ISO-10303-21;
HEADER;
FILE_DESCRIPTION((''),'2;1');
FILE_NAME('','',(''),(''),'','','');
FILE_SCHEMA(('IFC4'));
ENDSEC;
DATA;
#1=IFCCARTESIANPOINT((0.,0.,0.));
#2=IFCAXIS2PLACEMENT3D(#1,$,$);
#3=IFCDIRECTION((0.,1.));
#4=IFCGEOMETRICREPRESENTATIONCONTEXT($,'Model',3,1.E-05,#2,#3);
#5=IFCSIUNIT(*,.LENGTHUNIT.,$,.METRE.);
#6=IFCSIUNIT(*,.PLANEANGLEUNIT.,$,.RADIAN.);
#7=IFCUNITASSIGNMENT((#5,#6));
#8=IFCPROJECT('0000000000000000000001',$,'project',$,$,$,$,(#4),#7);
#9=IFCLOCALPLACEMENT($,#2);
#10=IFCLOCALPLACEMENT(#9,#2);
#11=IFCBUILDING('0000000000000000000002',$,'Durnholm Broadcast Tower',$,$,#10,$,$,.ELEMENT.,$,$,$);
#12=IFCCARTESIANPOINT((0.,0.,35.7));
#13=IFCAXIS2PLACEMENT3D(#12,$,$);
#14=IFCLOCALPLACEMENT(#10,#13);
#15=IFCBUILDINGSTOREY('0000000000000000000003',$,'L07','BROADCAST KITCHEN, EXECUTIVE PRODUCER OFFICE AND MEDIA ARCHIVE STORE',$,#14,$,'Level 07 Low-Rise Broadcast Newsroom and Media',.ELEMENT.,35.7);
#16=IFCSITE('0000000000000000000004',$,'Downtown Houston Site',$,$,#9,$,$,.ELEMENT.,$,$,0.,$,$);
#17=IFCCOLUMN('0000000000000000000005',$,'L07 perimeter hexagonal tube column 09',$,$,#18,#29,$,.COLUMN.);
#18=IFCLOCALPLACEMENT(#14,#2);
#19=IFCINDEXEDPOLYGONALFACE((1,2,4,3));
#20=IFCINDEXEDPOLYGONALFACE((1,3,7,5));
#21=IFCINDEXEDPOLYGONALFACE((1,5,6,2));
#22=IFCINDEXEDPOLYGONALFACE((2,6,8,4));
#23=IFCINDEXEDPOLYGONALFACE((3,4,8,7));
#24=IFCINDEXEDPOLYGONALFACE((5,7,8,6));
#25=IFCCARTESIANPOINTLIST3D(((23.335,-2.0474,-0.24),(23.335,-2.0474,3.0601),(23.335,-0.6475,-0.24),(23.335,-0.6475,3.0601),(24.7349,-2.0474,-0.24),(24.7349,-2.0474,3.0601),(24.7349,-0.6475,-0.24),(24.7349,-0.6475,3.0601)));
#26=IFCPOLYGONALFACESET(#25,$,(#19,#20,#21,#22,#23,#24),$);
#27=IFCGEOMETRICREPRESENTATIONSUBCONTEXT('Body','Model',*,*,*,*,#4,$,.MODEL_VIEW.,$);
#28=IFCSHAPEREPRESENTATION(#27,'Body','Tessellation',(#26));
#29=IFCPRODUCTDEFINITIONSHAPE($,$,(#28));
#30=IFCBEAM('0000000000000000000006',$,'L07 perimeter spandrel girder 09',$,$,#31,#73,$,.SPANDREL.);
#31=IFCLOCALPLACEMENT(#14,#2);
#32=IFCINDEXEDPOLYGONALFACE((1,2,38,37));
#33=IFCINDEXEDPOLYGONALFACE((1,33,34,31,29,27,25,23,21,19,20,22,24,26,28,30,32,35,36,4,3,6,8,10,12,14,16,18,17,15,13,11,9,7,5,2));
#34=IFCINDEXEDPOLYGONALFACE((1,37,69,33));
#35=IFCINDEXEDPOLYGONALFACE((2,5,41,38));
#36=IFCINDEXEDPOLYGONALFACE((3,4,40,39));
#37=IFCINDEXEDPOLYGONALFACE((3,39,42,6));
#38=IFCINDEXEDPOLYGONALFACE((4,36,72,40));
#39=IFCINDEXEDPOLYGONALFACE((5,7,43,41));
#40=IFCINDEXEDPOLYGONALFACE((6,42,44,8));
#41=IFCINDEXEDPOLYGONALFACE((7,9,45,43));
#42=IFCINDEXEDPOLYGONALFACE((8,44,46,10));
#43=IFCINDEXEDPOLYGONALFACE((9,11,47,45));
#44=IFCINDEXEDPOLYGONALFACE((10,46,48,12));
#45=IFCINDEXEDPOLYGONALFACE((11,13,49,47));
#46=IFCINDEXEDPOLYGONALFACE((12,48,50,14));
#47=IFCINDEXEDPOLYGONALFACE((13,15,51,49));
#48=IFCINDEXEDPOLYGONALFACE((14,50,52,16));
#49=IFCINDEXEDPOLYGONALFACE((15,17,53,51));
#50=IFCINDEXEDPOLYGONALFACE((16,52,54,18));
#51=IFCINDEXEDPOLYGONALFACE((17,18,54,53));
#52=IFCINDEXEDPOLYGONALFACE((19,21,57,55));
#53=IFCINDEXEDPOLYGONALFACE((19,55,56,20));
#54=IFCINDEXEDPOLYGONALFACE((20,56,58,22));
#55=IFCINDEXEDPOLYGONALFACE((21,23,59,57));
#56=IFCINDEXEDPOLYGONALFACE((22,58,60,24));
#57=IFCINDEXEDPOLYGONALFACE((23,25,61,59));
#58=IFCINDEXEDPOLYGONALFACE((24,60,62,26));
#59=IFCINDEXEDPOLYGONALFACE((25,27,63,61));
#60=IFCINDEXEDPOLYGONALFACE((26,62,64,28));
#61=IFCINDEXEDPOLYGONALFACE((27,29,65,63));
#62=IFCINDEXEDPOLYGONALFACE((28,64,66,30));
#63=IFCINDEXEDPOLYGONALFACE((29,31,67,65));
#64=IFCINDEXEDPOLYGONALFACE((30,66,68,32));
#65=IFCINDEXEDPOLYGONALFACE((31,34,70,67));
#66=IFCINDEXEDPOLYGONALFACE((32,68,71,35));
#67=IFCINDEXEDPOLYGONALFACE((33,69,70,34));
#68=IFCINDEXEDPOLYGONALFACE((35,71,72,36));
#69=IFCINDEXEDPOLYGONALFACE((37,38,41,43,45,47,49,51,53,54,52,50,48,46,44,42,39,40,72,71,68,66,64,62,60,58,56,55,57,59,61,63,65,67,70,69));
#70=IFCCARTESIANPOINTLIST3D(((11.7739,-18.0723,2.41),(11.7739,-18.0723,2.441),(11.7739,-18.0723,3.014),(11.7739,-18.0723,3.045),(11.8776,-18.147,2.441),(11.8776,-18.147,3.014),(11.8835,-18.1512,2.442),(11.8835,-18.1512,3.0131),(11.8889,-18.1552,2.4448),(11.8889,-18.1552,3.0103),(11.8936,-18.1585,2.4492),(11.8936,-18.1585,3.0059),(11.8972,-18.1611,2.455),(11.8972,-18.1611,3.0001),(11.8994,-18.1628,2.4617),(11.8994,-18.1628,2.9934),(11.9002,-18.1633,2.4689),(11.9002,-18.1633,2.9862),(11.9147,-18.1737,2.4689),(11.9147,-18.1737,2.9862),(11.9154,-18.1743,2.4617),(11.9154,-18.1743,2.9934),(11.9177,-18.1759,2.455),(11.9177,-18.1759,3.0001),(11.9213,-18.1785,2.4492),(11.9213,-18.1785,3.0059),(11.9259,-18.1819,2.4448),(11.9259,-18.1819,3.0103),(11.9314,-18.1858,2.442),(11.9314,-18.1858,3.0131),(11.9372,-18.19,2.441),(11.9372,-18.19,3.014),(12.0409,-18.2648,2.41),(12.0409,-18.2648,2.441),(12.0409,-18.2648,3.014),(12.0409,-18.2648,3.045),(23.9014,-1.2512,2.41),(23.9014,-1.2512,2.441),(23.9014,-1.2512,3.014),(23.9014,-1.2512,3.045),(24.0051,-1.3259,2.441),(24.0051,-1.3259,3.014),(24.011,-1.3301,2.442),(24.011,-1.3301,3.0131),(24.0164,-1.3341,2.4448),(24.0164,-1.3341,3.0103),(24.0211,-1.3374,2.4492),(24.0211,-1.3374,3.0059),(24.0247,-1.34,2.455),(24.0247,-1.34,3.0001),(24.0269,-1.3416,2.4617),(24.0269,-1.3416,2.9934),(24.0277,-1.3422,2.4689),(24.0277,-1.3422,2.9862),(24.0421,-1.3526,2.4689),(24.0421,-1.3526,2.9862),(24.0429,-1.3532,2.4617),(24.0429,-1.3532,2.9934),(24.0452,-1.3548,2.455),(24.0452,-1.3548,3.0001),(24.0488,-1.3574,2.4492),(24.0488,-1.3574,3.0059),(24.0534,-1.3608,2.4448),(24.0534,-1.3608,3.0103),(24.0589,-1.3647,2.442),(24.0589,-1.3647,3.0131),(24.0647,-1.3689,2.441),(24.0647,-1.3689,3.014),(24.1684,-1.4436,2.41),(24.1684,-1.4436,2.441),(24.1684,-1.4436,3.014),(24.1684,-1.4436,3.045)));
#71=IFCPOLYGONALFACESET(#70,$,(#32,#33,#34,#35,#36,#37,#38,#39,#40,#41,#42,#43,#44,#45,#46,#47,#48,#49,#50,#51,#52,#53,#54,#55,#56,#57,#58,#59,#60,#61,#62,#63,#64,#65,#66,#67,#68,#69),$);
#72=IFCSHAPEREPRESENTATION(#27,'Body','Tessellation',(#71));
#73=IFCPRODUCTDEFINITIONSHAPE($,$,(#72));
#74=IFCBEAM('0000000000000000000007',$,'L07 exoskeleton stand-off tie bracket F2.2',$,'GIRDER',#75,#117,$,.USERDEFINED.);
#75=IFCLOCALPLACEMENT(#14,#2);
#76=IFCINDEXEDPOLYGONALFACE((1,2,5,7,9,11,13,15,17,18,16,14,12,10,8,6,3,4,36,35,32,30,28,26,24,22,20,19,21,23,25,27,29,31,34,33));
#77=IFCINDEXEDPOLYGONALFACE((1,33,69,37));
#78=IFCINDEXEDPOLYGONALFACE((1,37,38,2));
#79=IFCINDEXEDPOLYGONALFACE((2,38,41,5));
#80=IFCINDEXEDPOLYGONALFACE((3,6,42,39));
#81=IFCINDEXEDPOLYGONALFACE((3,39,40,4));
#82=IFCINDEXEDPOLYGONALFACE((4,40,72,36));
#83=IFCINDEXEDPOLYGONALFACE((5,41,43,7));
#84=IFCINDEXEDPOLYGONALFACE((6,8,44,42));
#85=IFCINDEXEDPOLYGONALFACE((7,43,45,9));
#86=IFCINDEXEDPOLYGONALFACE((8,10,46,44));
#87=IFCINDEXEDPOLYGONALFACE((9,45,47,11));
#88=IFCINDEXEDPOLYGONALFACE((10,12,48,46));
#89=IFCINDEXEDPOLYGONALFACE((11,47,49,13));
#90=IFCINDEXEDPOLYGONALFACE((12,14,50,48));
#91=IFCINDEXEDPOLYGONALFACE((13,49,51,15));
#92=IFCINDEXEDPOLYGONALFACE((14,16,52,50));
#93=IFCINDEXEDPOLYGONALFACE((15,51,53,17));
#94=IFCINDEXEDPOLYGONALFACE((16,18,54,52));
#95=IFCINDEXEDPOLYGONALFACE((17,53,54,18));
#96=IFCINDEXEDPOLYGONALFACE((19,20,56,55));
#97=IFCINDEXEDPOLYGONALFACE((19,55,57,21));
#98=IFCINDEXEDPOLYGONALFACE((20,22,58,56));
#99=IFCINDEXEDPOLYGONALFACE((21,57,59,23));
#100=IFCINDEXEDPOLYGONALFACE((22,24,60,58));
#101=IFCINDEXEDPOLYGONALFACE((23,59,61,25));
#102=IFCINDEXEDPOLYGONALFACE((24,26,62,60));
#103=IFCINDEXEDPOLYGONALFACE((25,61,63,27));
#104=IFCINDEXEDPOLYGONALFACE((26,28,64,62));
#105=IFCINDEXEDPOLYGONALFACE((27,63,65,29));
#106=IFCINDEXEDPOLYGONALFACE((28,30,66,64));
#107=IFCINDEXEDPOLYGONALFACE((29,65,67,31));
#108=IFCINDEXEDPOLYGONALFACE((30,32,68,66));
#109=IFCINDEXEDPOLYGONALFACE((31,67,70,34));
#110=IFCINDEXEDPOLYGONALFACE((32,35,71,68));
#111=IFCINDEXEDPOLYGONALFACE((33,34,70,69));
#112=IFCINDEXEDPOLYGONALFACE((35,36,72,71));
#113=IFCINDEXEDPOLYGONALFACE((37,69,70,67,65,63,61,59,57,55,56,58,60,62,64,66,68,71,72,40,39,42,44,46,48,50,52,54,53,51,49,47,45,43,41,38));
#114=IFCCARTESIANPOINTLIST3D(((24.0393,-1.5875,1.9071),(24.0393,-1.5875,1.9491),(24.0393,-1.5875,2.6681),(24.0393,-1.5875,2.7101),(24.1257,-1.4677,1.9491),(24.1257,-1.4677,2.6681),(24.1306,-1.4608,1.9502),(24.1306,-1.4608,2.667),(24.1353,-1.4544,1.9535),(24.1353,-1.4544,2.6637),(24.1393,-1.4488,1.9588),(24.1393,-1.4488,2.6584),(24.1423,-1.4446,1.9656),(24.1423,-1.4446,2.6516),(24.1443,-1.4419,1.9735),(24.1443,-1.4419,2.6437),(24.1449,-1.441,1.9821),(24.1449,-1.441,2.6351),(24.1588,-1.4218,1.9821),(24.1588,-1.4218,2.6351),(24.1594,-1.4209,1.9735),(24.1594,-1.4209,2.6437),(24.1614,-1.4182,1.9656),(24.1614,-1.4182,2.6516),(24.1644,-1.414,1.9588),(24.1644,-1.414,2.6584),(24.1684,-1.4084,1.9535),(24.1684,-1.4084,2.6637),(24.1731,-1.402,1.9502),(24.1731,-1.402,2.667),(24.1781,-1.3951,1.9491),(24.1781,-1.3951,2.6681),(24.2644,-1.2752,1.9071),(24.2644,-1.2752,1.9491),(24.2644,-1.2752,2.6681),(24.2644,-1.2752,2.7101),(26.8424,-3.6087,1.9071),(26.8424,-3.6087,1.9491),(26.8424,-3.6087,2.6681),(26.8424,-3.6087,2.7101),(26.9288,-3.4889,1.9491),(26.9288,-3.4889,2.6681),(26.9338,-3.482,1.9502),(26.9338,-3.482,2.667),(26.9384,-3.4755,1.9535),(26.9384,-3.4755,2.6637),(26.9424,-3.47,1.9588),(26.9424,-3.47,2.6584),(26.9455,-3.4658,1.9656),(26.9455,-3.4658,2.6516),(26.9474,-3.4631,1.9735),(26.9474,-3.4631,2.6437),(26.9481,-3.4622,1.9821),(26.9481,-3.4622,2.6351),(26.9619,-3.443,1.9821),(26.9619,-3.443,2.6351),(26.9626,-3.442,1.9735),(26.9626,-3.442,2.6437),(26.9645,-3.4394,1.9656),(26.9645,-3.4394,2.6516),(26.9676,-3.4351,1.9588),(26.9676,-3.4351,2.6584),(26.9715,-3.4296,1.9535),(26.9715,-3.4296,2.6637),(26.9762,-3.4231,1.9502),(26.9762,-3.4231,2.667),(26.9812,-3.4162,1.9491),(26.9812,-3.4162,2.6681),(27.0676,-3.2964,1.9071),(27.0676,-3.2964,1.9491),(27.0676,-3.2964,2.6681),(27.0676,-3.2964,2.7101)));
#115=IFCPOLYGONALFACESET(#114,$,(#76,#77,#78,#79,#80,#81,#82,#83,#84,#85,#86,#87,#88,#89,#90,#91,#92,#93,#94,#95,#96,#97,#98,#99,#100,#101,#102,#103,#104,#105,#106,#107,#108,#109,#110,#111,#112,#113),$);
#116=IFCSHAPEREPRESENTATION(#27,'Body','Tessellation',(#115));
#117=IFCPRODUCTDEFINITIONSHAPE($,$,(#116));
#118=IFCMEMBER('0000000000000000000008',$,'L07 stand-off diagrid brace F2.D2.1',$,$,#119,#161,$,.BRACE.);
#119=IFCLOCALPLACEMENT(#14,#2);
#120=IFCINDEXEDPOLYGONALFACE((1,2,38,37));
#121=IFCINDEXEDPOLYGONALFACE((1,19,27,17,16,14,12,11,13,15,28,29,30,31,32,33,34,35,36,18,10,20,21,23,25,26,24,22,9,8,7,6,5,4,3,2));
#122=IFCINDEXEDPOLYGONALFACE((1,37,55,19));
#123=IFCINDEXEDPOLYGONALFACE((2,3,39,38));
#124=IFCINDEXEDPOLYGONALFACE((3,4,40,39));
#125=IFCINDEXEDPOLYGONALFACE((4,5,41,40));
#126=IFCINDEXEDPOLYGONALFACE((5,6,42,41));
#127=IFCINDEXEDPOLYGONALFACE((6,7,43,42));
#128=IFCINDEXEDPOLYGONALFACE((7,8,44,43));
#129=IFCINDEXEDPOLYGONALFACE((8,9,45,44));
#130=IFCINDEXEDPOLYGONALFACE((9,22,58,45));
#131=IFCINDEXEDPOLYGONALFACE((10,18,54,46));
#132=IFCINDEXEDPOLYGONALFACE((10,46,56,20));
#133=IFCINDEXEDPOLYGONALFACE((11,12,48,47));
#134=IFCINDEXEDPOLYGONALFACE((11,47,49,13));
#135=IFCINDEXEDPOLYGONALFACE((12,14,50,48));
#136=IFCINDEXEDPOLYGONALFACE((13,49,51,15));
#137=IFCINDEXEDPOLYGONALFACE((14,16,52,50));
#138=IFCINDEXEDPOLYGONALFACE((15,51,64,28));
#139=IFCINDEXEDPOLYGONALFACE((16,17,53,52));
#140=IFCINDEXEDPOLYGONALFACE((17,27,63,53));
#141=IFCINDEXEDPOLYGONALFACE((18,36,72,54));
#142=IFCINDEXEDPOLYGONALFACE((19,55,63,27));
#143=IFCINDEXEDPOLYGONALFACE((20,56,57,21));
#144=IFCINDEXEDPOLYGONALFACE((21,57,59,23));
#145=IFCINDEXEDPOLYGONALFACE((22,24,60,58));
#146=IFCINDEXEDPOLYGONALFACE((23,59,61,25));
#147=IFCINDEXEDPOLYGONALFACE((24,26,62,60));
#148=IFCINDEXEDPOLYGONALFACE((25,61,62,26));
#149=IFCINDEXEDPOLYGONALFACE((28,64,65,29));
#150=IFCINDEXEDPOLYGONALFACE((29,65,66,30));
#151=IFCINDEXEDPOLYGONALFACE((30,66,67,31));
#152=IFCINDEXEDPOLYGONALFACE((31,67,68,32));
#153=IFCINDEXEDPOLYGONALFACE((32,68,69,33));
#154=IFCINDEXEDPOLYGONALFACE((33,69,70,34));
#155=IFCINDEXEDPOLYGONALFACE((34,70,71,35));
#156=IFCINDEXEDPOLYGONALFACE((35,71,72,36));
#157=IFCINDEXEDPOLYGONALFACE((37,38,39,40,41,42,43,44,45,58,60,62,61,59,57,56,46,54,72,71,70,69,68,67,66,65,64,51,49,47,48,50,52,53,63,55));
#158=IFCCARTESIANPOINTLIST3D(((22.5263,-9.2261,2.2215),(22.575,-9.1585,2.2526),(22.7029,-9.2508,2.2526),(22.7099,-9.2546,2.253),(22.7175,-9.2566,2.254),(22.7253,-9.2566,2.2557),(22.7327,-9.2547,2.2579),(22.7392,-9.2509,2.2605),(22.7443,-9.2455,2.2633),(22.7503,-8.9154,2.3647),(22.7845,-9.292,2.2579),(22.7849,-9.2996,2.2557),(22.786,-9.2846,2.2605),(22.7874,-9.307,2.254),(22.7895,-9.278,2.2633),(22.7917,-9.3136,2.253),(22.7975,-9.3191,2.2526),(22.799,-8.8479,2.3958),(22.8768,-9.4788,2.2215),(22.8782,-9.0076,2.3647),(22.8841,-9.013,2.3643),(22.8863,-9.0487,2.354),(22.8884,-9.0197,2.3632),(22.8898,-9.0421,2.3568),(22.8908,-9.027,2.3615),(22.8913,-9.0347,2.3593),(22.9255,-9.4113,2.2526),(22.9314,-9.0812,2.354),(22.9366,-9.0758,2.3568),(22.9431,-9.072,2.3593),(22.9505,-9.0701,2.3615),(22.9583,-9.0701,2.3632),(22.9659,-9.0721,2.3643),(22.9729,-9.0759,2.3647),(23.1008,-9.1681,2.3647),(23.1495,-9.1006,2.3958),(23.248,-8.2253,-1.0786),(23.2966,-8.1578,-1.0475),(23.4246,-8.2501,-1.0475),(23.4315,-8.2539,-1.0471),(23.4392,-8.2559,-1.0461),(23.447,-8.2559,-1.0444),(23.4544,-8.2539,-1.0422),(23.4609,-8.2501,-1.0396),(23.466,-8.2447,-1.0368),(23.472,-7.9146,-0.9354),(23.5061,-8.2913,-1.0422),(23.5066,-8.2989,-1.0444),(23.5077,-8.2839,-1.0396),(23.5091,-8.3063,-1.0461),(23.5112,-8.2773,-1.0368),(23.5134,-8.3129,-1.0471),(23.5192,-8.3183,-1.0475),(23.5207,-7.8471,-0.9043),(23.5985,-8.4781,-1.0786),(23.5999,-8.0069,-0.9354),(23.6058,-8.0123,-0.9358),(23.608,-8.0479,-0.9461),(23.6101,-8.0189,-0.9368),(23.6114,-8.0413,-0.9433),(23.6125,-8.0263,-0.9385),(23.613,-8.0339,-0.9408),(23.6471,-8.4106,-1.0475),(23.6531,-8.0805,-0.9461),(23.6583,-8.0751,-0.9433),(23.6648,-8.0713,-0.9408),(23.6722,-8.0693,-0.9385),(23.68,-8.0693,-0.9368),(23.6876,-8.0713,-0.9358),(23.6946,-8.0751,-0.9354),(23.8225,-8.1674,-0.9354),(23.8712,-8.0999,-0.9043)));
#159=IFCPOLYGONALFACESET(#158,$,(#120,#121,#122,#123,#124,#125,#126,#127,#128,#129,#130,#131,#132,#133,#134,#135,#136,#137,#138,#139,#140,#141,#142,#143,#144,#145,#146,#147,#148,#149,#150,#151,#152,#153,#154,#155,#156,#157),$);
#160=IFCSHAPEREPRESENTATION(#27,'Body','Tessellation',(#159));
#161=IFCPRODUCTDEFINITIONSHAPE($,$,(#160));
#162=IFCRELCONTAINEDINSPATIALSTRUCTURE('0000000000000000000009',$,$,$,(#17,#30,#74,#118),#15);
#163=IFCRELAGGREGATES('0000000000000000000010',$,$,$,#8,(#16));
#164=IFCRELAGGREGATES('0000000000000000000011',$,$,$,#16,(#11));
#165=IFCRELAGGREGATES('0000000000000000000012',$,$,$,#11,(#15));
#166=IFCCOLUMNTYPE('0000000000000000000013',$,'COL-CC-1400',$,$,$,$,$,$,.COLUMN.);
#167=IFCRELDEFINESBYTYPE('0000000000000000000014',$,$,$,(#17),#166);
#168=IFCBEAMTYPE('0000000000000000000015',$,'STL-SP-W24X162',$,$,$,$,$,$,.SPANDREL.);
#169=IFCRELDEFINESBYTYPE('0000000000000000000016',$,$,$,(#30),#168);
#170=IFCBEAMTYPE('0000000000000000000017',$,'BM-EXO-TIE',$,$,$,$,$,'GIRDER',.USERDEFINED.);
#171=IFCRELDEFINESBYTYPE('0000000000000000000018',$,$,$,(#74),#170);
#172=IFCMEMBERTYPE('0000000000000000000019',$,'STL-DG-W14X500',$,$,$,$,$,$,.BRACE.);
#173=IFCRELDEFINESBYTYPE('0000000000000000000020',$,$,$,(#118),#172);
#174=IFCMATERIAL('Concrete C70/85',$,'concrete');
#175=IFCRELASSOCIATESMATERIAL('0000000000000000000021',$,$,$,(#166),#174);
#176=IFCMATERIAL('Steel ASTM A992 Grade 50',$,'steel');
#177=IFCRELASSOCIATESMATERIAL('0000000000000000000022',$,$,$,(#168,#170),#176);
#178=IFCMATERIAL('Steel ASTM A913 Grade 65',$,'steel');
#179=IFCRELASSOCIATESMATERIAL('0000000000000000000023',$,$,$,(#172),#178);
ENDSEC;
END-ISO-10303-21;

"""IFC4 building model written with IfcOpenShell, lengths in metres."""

from ifc_helpers import new_model, si_unit, direction, frame, origin, origin_2d, place, context, subcontext, project, spatial, rectangle, i_section, extrude, source, transform, mapped, material, material_profile, profile_set, type_object, type_shapes, element, save


model = new_model("IFC4")

# Units and contexts
model_context = context("Model", 3, precision=1e-05, world=origin(), true_north=direction((0.0, 1.0)))
body_context = subcontext(model_context, "Body", "Model", "MODEL_VIEW")
ifc_project = project(units=[si_unit("LENGTHUNIT", "METRE"), si_unit("PLANEANGLEUNIT", "RADIAN")], contexts=[model_context])

# Site, building, storey
site_placement = place(None, origin())
site = spatial("IfcSite", under=ifc_project, at=site_placement, Name="Downtown Houston Site", CompositionType="ELEMENT", RefElevation=0.0)
building_placement = place(site_placement, origin())
building = spatial("IfcBuilding", under=site, at=building_placement, Name="Durnholm Broadcast Tower", CompositionType="ELEMENT")
storey_placement = place(building_placement, frame((0.0, 0.0, 35.7)))
storey = spatial("IfcBuildingStorey", under=building, at=storey_placement, Name="L07", Description="BROADCAST KITCHEN, EXECUTIVE PRODUCER OFFICE AND MEDIA ARCHIVE STORE", LongName="Level 07 Low-Rise Broadcast Newsroom and Media", CompositionType="ELEMENT", Elevation=35.7)

# Column
ifc_material_1 = material(Name="Concrete C70/85", Category="concrete")
ifc_material_profile_1 = material_profile(ifc_material_1, rectangle(XDim=1.3999, YDim=1.3999, at=origin_2d()), Name="RC1400X1400")
ifc_profile_set_1 = profile_set([ifc_material_profile_1], Name="Concrete C70/85")
column_type = type_object("IfcColumnType", Name="COL-CC-1400", PredefinedType="COLUMN", material=ifc_profile_set_1)
shared_shape_1 = source(origin(), body_context, "Body", "SweptSolid", [
    extrude(rectangle(XDim=1.3999, YDim=1.3999, at=origin_2d()), origin(), (0.0, 0.0, 1.0), 3.3),
])
type_shapes(column_type, [shared_shape_1])
column_placement = place(storey_placement, frame((24.0349, -1.3474, -0.24), z_axis=(0.0, 0.0, 1.0), x_axis=(1.0, 0.0, 0.0)))
element("IfcColumn", 1, at=column_placement, inside=storey, type_object=column_type, Name="L07 perimeter hexagonal tube column 09", PredefinedType="COLUMN", context=body_context, shape_type="MappedRepresentation", body=[
    mapped(shared_shape_1, transform((0.0, 0.0, 0.0), x_axis=(1.0, 0.0, 0.0), y_axis=(0.0, 1.0, 0.0), z_axis=(0.0, 0.0, 1.0), scale=1.0)),
])

# Beams
ifc_material_2 = material(Name="Steel ASTM A992 Grade 50", Category="steel")
ifc_material_profile_2 = material_profile(ifc_material_2, i_section(OverallWidth=0.3291, OverallDepth=0.635, WebThickness=0.0178, FlangeThickness=0.031, FilletRadius=0.0278, at=origin_2d()), Name="W24X162")
ifc_profile_set_2 = profile_set([ifc_material_profile_2], Name="Steel ASTM A992 Grade 50")
beam_type_1 = type_object("IfcBeamType", Name="STL-SP-W24X162", PredefinedType="SPANDREL", material=ifc_profile_set_2)
shared_shape_2 = source(origin(), body_context, "Body", "SweptSolid", [
    extrude(i_section(OverallWidth=0.3291, OverallDepth=0.635, WebThickness=0.0178, FlangeThickness=0.031, FilletRadius=0.0278, at=origin_2d()), origin(), (0.0, 0.0, 1.0), 20.7371),
])
type_shapes(beam_type_1, [shared_shape_2])
beam_1_placement = place(storey_placement, frame((24.0349, -1.3474, 2.7275), z_axis=(-0.584822, -0.811162, 0.0), x_axis=(0.811162, -0.584822, 0.0)))
element("IfcBeam", 2, at=beam_1_placement, inside=storey, type_object=beam_type_1, Name="L07 perimeter spandrel girder 09", PredefinedType="SPANDREL", context=body_context, shape_type="MappedRepresentation", body=[
    mapped(shared_shape_2, transform((0.0, 0.0, 0.0), x_axis=(1.0, 0.0, 0.0), y_axis=(0.0, 1.0, 0.0), z_axis=(0.0, 0.0, 1.0), scale=1.0)),
])
ifc_material_profile_3 = material_profile(ifc_material_2, i_section(OverallWidth=0.385, OverallDepth=0.803, WebThickness=0.0237, FlangeThickness=0.042, FilletRadius=0.033, at=origin_2d()), Name="W30X261")
ifc_profile_set_3 = profile_set([ifc_material_profile_3], Name="Steel ASTM A992 Grade 50")
beam_type_2 = type_object("IfcBeamType", Name="BM-EXO-TIE", ElementType="GIRDER", PredefinedType="USERDEFINED", material=ifc_profile_set_3)
shared_shape_3 = source(origin(), body_context, "Body", "SweptSolid", [
    extrude(i_section(OverallWidth=0.385, OverallDepth=0.803, WebThickness=0.0237, FlangeThickness=0.042, FilletRadius=0.033, at=origin_2d()), origin(), (0.0, 0.0, 1.0), 3.4558),
])
type_shapes(beam_type_2, [shared_shape_3])
beam_2_placement = place(storey_placement, frame((24.1519, -1.4314, 2.3086), z_axis=(0.811134, -0.584861, 0.0), x_axis=(0.584861, 0.811134, 0.0)))
element("IfcBeam", 3, at=beam_2_placement, inside=storey, type_object=beam_type_2, Name="L07 exoskeleton stand-off tie bracket F2.2", ObjectType="GIRDER", PredefinedType="USERDEFINED", context=body_context, shape_type="MappedRepresentation", body=[
    mapped(shared_shape_3, transform((0.0, 0.0, 0.0), x_axis=(1.0, 0.0, 0.0), y_axis=(0.0, 1.0, 0.0), z_axis=(0.0, 0.0, 1.0), scale=1.0)),
])

# Member
ifc_material_3 = material(Name="Steel ASTM A913 Grade 65", Category="steel")
ifc_material_profile_4 = material_profile(ifc_material_3, i_section(OverallWidth=0.4321, OverallDepth=0.4978, WebThickness=0.0557, FlangeThickness=0.0889, FilletRadius=0.0305, at=origin_2d()), Name="W14X500")
ifc_profile_set_4 = profile_set([ifc_material_profile_4], Name="Steel ASTM A913 Grade 65")
member_type_1 = type_object("IfcMemberType", Name="STL-DG-W14X500", PredefinedType="BRACE", material=ifc_profile_set_4)
shared_shape_4 = source(origin(), body_context, "Body", "SweptSolid", [
    extrude(i_section(OverallWidth=0.4321, OverallDepth=0.4978, WebThickness=0.0557, FlangeThickness=0.0889, FilletRadius=0.0305, at=origin_2d()), origin(), (0.0, 0.0, 1.0), 3.5232),
])
type_shapes(member_type_1, [shared_shape_4])
for number, where, z_axis, x_axis, name in (
    (4, (23.5596, -8.1626, -0.9915), (-0.204839, -0.284045, 0.936675), (0.811091, -0.58492, 0.0), "L07 stand-off diagrid brace F2.D2.1"),
):
    element("IfcMember", number, at=place(storey_placement, frame(where, z_axis=z_axis, x_axis=x_axis)), inside=storey, type_object=member_type_1, Name=name, PredefinedType="BRACE", context=body_context, shape_type="MappedRepresentation", body=[
        mapped(shared_shape_4, transform((0.0, 0.0, 0.0), x_axis=(1.0, 0.0, 0.0), y_axis=(0.0, 1.0, 0.0), z_axis=(0.0, 0.0, 1.0), scale=1.0)),
    ])

save(model, "model.ifc")
